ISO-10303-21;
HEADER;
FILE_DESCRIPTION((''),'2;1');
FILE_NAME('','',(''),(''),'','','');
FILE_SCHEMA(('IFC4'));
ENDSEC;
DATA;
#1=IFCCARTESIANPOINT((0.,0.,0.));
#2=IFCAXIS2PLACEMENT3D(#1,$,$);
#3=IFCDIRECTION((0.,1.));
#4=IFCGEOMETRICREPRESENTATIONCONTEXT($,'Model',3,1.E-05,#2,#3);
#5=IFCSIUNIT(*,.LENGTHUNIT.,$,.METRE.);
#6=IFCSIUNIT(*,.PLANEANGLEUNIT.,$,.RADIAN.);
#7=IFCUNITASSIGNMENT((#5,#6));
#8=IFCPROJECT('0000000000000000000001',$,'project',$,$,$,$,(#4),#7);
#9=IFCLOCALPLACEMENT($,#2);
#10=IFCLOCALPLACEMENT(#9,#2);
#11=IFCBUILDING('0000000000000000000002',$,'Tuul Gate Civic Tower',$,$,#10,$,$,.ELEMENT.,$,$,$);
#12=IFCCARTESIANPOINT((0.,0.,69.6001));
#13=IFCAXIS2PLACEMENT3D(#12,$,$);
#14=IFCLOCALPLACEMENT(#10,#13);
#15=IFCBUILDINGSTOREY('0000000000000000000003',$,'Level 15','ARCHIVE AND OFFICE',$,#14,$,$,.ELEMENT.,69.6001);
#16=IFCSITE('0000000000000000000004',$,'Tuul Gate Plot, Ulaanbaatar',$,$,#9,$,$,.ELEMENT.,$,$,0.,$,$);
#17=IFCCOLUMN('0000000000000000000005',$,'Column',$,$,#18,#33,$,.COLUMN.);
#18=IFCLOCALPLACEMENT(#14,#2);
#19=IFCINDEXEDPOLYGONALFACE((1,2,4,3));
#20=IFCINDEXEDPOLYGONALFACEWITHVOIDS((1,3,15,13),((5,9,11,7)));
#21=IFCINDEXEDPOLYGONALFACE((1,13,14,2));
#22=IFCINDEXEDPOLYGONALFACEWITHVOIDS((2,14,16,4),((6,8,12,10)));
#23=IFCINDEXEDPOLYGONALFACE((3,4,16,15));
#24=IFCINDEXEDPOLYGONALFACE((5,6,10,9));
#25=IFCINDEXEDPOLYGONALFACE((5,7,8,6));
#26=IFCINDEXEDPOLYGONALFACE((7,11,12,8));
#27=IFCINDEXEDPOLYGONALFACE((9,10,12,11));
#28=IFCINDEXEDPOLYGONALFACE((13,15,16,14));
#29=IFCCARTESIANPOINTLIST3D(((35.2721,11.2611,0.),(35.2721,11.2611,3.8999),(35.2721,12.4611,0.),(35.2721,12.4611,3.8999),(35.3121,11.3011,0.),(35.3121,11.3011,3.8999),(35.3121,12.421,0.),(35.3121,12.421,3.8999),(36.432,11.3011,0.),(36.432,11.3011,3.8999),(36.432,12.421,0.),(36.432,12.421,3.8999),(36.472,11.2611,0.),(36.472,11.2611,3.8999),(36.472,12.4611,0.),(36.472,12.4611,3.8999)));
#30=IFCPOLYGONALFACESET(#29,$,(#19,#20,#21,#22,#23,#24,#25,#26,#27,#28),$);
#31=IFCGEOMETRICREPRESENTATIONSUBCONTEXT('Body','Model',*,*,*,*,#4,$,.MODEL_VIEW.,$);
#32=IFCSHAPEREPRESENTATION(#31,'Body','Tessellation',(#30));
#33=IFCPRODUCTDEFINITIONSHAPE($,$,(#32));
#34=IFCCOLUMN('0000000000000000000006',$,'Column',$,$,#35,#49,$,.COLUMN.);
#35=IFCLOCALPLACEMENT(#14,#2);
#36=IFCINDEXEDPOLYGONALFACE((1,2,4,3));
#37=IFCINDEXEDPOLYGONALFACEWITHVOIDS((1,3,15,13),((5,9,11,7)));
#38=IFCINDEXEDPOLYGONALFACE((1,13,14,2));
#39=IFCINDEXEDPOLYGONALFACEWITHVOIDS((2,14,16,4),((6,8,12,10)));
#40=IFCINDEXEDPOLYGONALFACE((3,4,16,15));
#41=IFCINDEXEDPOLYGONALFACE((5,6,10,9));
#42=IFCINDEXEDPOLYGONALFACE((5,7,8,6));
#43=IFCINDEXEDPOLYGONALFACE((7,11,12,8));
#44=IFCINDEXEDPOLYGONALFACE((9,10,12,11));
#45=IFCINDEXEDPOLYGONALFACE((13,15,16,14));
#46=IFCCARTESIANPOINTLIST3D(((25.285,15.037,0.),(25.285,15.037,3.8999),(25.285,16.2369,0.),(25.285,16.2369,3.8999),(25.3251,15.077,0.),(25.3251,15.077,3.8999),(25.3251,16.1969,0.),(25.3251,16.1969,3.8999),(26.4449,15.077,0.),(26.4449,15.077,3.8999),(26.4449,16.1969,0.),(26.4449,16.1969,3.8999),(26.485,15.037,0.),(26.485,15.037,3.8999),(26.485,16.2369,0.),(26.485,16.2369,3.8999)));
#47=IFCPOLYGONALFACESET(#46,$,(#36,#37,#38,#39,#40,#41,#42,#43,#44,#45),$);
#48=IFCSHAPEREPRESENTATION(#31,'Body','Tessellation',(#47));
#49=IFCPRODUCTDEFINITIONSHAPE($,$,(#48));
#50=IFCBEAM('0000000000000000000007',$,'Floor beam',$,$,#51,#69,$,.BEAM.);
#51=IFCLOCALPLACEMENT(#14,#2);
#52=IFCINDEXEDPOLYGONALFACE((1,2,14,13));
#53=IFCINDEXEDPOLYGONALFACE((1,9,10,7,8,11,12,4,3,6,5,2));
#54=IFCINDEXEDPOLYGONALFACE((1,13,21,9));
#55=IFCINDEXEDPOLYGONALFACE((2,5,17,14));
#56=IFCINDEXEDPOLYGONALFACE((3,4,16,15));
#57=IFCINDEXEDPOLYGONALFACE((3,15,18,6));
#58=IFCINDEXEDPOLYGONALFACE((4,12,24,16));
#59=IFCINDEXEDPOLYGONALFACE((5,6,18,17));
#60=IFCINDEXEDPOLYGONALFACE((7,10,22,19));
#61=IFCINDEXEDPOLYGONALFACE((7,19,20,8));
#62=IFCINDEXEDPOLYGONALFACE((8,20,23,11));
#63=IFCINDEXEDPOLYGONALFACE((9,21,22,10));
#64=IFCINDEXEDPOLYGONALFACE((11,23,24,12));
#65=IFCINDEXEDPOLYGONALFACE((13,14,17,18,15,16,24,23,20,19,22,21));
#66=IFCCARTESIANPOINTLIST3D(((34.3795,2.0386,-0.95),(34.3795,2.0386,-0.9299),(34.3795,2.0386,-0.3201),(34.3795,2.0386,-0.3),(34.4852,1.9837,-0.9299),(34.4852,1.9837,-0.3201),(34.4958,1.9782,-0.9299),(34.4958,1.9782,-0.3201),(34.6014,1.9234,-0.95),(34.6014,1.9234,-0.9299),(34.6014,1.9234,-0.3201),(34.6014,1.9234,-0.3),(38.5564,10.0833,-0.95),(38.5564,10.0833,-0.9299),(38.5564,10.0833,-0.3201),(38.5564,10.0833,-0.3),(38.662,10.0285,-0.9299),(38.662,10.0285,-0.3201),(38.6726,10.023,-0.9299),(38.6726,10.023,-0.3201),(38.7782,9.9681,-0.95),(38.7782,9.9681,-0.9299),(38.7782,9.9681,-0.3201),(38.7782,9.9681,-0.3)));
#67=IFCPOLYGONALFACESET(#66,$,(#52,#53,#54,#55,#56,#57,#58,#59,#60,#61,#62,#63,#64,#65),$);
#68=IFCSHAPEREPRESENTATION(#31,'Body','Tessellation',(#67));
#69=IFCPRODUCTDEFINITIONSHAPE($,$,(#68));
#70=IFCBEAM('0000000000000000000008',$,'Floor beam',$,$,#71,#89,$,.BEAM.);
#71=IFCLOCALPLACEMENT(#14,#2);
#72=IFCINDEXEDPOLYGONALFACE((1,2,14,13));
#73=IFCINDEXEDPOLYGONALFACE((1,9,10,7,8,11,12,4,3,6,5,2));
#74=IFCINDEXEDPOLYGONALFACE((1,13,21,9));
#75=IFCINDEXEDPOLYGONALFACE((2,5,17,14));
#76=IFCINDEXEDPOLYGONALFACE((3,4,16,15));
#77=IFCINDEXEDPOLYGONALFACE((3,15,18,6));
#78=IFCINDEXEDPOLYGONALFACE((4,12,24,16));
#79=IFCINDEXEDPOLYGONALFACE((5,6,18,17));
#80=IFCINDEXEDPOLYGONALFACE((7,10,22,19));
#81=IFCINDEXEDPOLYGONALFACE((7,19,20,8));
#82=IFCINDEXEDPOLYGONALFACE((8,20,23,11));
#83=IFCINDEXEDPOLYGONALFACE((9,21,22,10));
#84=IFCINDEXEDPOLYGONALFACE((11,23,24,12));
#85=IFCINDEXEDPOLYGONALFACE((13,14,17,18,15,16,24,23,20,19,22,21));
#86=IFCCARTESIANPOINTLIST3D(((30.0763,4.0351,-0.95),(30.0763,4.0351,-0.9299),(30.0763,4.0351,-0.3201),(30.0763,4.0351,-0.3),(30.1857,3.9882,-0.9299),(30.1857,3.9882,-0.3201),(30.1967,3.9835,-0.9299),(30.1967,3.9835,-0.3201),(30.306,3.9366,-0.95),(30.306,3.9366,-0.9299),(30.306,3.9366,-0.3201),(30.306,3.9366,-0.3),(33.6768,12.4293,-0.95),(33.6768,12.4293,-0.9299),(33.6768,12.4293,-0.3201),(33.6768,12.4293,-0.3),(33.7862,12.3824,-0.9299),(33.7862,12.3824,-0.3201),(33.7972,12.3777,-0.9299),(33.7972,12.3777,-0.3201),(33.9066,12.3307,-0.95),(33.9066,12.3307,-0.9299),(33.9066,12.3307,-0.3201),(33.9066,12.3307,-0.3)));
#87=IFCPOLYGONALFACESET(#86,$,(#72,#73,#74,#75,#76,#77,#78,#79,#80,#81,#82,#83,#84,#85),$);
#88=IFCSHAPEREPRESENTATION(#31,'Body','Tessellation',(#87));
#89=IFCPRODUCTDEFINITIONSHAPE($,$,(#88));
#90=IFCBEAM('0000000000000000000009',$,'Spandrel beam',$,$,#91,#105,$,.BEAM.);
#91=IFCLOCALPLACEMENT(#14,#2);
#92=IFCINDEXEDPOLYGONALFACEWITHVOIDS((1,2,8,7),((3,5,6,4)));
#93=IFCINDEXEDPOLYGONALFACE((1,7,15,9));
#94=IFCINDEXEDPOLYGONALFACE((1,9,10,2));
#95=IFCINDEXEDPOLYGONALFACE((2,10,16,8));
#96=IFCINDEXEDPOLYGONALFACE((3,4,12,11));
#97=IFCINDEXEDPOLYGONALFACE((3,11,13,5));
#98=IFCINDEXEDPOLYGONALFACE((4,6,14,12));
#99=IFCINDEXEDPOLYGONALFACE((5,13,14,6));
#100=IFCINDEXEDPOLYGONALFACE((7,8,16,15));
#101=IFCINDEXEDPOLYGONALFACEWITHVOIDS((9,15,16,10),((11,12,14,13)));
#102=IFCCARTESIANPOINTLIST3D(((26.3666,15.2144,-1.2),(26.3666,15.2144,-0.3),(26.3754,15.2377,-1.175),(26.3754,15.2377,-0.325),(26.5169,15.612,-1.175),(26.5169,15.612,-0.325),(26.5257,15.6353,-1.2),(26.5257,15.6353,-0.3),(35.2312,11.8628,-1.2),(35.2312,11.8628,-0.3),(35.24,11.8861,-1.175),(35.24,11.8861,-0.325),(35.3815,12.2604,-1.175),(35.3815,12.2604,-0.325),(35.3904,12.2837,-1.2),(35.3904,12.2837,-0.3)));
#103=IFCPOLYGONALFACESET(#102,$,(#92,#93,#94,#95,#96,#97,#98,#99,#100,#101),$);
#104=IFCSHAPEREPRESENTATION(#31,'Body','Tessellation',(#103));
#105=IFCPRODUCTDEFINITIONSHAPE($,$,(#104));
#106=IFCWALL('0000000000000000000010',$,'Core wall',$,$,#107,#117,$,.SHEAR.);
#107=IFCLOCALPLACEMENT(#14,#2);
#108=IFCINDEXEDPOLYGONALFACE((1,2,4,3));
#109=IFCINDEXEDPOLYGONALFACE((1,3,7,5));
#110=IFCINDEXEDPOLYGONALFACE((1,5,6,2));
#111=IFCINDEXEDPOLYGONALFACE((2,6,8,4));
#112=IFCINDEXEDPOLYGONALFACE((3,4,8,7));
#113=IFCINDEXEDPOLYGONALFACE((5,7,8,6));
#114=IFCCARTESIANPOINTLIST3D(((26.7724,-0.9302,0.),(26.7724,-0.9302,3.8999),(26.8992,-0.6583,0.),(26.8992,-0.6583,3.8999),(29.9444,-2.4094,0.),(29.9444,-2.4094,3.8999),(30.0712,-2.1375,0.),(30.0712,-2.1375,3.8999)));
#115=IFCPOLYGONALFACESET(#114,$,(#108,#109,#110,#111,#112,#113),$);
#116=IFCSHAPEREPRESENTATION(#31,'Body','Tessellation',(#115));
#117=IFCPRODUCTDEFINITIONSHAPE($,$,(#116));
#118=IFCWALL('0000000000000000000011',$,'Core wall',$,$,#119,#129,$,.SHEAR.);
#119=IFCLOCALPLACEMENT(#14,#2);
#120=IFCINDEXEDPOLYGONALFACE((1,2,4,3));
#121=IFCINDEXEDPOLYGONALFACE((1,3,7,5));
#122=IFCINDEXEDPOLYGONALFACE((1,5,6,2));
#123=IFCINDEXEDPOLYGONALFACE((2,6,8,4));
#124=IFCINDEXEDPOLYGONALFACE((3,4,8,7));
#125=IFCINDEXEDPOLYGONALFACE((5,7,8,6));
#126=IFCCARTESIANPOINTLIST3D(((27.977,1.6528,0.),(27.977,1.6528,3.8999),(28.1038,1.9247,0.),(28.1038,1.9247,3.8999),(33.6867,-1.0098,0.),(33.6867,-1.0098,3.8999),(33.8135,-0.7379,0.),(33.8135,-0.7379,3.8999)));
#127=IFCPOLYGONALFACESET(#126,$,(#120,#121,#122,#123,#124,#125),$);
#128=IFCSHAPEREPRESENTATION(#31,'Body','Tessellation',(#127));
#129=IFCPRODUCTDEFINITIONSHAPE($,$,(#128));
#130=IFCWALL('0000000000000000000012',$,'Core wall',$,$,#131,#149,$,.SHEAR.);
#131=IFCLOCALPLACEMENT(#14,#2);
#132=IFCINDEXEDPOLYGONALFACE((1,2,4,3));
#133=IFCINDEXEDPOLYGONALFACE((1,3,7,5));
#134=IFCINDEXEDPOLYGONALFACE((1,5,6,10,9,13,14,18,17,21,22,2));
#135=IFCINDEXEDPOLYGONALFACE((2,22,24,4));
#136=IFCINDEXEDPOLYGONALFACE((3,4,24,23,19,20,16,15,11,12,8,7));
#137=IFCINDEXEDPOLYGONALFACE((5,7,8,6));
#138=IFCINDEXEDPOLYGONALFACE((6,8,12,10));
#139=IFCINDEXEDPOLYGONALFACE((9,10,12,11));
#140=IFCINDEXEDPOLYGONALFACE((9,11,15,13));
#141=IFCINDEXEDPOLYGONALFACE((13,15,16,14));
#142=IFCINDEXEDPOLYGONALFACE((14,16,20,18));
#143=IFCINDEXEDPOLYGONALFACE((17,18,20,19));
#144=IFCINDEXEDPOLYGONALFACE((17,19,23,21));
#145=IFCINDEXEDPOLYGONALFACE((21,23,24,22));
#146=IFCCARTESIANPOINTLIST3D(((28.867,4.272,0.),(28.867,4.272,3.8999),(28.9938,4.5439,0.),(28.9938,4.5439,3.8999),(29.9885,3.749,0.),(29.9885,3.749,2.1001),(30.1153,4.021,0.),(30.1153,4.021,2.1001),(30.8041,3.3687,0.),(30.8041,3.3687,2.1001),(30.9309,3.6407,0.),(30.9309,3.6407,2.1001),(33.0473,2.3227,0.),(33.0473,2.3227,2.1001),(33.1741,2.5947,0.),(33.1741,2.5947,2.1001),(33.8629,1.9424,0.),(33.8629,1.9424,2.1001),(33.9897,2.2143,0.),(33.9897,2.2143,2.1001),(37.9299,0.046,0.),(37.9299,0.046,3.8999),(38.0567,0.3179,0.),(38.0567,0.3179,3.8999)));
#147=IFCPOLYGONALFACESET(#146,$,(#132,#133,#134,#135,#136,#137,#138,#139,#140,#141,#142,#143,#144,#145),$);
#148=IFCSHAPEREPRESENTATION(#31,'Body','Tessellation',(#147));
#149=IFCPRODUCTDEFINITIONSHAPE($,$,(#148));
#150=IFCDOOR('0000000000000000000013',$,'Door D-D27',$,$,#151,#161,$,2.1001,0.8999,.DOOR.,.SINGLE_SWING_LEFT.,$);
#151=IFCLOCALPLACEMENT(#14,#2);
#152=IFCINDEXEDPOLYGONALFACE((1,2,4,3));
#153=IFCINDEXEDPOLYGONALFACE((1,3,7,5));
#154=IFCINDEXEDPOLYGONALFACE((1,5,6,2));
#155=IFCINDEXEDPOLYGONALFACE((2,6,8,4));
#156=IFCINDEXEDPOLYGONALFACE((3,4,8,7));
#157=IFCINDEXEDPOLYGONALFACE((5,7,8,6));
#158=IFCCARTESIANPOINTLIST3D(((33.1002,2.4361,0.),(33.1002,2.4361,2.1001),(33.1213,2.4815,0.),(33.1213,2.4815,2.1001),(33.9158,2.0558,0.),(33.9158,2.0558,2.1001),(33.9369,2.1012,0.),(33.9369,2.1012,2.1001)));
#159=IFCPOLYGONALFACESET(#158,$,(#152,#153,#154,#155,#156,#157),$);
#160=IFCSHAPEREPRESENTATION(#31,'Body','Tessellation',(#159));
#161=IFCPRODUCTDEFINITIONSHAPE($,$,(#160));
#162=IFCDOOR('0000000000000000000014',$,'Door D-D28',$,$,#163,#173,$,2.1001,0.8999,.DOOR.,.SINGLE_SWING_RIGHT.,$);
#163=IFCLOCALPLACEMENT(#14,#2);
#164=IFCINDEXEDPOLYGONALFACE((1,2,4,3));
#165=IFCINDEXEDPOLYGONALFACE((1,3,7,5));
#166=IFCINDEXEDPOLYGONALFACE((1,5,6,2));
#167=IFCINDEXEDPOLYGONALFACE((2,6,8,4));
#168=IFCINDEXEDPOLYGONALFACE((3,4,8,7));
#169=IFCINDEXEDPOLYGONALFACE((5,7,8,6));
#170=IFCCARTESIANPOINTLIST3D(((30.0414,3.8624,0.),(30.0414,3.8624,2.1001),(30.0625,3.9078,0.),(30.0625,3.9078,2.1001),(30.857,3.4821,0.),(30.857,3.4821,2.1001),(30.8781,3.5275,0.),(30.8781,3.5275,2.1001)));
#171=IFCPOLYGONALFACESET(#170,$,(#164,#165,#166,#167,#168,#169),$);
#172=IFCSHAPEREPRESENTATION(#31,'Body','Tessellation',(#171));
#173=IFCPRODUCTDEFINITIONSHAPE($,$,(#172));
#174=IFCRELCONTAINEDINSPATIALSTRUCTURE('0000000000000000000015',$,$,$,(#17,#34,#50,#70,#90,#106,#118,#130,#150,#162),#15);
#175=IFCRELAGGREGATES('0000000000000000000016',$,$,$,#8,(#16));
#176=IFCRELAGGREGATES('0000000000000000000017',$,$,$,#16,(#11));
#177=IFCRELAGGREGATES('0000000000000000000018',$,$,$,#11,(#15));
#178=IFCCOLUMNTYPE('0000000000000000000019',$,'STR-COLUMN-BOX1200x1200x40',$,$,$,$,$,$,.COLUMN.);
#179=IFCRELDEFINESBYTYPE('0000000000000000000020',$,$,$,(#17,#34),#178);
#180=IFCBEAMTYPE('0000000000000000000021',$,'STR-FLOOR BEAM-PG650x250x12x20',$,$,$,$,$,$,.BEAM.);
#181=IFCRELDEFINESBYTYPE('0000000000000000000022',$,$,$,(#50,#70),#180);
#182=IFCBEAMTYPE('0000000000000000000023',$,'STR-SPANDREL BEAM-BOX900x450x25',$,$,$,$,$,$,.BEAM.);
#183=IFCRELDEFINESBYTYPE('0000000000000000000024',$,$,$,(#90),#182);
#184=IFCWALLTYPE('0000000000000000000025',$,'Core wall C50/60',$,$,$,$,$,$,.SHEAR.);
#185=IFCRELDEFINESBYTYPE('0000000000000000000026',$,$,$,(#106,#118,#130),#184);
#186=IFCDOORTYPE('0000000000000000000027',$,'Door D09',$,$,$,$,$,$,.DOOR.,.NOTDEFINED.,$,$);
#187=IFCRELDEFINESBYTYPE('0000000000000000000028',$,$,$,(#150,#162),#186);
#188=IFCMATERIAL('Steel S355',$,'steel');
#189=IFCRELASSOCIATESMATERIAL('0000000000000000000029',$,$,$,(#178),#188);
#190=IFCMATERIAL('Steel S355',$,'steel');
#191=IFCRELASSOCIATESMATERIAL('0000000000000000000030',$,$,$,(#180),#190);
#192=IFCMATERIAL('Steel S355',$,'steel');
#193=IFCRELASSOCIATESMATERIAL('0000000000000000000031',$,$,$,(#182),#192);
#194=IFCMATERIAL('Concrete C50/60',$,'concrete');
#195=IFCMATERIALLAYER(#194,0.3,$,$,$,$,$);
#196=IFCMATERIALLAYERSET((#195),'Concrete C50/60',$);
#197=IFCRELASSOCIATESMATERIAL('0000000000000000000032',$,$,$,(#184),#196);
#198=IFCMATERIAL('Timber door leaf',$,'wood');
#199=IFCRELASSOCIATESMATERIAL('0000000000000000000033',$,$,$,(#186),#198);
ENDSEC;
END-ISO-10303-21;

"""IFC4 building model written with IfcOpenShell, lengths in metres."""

from ifc_helpers import new_model, si_unit, direction, frame, frame_2d, origin, origin_2d, place, context, subcontext, project, spatial, rectangle, hollow_rectangle, i_section, extrude, material, layer, layer_set, material_profile, profile_set, type_object, element, fill, save


model = new_model("IFC4")

# Units and contexts
model_context = context("Model", 3, precision=1e-05, world=origin(), true_north=direction((0.0, 1.0)))
body_context = subcontext(model_context, "Body", "Model", "MODEL_VIEW")
ifc_project = project(units=[si_unit("LENGTHUNIT", "METRE"), si_unit("PLANEANGLEUNIT", "RADIAN")], contexts=[model_context])

# Site, building, storey
site_placement = place(None, origin())
site = spatial("IfcSite", under=ifc_project, at=site_placement, Name="Tuul Gate Plot, Ulaanbaatar", CompositionType="ELEMENT", RefElevation=0.0)
building_placement = place(site_placement, origin())
building = spatial("IfcBuilding", under=site, at=building_placement, Name="Tuul Gate Civic Tower", CompositionType="ELEMENT")
storey_placement = place(building_placement, frame((0.0, 0.0, 69.6001)))
storey = spatial("IfcBuildingStorey", under=building, at=storey_placement, Name="Level 15", Description="ARCHIVE AND OFFICE", CompositionType="ELEMENT", Elevation=69.6001)

# Columns
ifc_material_1 = material(Name="Steel S355", Category="steel")
ifc_material_profile_1 = material_profile(ifc_material_1, hollow_rectangle(XDim=1.2, YDim=1.2, WallThickness=0.04, at=origin_2d()), Name="BOX1200x1200x40")
ifc_profile_set_1 = profile_set([ifc_material_profile_1], Name="Steel S355")
column_type = type_object("IfcColumnType", Name="STR-COLUMN-BOX1200x1200x40", PredefinedType="COLUMN", material=ifc_profile_set_1)
for number, where, z_axis, x_axis, name in (
    (1, (35.8721, 11.8611, 0.0), (0.0, 0.0, 1.0), (1.0, 0.0, 0.0), "Column"),
    (2, (25.885, 15.637, 0.0), (0.0, 0.0, 1.0), (1.0, 0.0, 0.0), "Column"),
):
    element("IfcColumn", number, at=place(storey_placement, frame(where, z_axis=z_axis, x_axis=x_axis)), inside=storey, type_object=column_type, Name=name, PredefinedType="COLUMN", context=body_context, shape_type="SweptSolid", body=[
        extrude(hollow_rectangle(XDim=1.2, YDim=1.2, WallThickness=0.04, at=origin_2d()), origin(), (0.0, 0.0, 1.0), 3.8999),
    ])

# Beams
ifc_material_2 = material(Name="Steel S355", Category="steel")
ifc_material_profile_2 = material_profile(ifc_material_2, i_section(OverallWidth=0.25, OverallDepth=0.6499, WebThickness=0.012, FlangeThickness=0.02, at=origin_2d()), Name="PG650x250x12x20")
ifc_profile_set_2 = profile_set([ifc_material_profile_2], Name="Steel S355")
beam_type_1 = type_object("IfcBeamType", Name="STR-FLOOR BEAM-PG650x250x12x20", PredefinedType="BEAM", material=ifc_profile_set_2)
beam_1_placement = place(storey_placement, frame((34.4905, 1.981, -0.625), z_axis=(0.46079, 0.887509, 0.0), x_axis=(-0.887509, 0.46079, 0.0)))
element("IfcBeam", 3, at=beam_1_placement, inside=storey, type_object=beam_type_1, Name="Floor beam", PredefinedType="BEAM", context=body_context, shape_type="SweptSolid", body=[
    extrude(i_section(OverallWidth=0.25, OverallDepth=0.6499, WebThickness=0.012, FlangeThickness=0.02, at=origin_2d()), origin(), (0.0, 0.0, 1.0), 9.0645),
])
beam_2_placement = place(storey_placement, frame((30.1912, 3.9858, -0.625), z_axis=(0.3942, 0.919025, 0.0), x_axis=(-0.919025, 0.3942, 0.0)))
element("IfcBeam", 4, at=beam_2_placement, inside=storey, type_object=beam_type_1, Name="Floor beam", PredefinedType="BEAM", context=body_context, shape_type="SweptSolid", body=[
    extrude(i_section(OverallWidth=0.25, OverallDepth=0.6499, WebThickness=0.012, FlangeThickness=0.02, at=origin_2d()), origin(), (0.0, 0.0, 1.0), 9.1338),
])
ifc_material_3 = material(Name="Steel S355", Category="steel")
ifc_material_profile_3 = material_profile(ifc_material_3, hollow_rectangle(XDim=0.45, YDim=0.8999, WallThickness=0.0249, at=origin_2d()), Name="BOX900x450x25")
ifc_profile_set_3 = profile_set([ifc_material_profile_3], Name="Steel S355")
beam_type_2 = type_object("IfcBeamType", Name="STR-SPANDREL BEAM-BOX900x450x25", PredefinedType="BEAM", material=ifc_profile_set_3)
beam_3_placement = place(storey_placement, frame((35.3108, 12.0732, -0.75), z_axis=(-0.935376, 0.353655, 0.0), x_axis=(-0.353655, -0.935376, 0.0)))
element("IfcBeam", 5, at=beam_3_placement, inside=storey, type_object=beam_type_2, Name="Spandrel beam", PredefinedType="BEAM", context=body_context, shape_type="SweptSolid", body=[
    extrude(hollow_rectangle(XDim=0.45, YDim=0.8999, WallThickness=0.0249, at=origin_2d()), origin(), (0.0, 0.0, 1.0), 9.4771),
])

# Walls
ifc_material_4 = material(Name="Concrete C50/60", Category="concrete")
ifc_layer_1 = layer(ifc_material_4, 0.3)
ifc_layer_set_1 = layer_set([ifc_layer_1], Name="Concrete C50/60")
wall_type_1 = type_object("IfcWallType", Name="Core wall C50/60", PredefinedType="SHEAR", material=ifc_layer_set_1)
wall_1_placement = place(storey_placement, frame((30.0078, -2.2734, 0.0), z_axis=(0.0, 0.0, 1.0), x_axis=(-0.906301, 0.422633, 0.0)))
element("IfcWall", 6, at=wall_1_placement, inside=storey, type_object=wall_type_1, Name="Core wall", PredefinedType="SHEAR", context=body_context, shape_type="SweptSolid", body=[
    extrude(rectangle(XDim=3.5, YDim=0.3, at=frame_2d((1.75, 0.0))), origin(), (0.0, 0.0, 1.0), 3.8999),
])
wall_2_placement = place(storey_placement, frame((33.75, -0.8738, 0.0), z_axis=(0.0, 0.0, 1.0), x_axis=(-0.906301, 0.422633, 0.0)))
element("IfcWall", 7, at=wall_2_placement, inside=storey, type_object=wall_type_1, Name="Core wall", PredefinedType="SHEAR", context=body_context, shape_type="SweptSolid", body=[
    extrude(rectangle(XDim=6.3, YDim=0.3, at=frame_2d((3.1499, 0.0))), origin(), (0.0, 0.0, 1.0), 3.8999),
])

# Wall, openings, doors
wall_3_placement = place(storey_placement, frame((37.9934, 0.1819, 0.0), z_axis=(0.0, 0.0, 1.0), x_axis=(-0.90631, 0.422613, 0.0)))
wall_3 = element("IfcWall", 8, at=wall_3_placement, inside=storey, type_object=wall_type_1, Name="Core wall", PredefinedType="SHEAR", context=body_context, shape_type="SweptSolid", body=[
    extrude(rectangle(XDim=9.9998, YDim=0.3, at=frame_2d((5.0, 0.0))), origin(), (0.0, 0.0, 1.0), 3.8999),
])
opening_1_placement = place(wall_3_placement, frame((4.4875, 0.0, 0.0)))
opening_1 = element("IfcOpeningElement", 9, at=opening_1_placement, cuts=wall_3, PredefinedType="OPENING", context=body_context, shape_type="SweptSolid", body=[
    extrude(rectangle(XDim=0.8999, YDim=2.1001, at=frame_2d((0.45, 1.05))), frame((0.0, 0.1602, 0.0), z_axis=(0.0, -1.0, 0.0), x_axis=(1.0, 0.0, 0.0)), (0.0, 0.0, 1.0), 0.3201),
])
opening_2_placement = place(wall_3_placement, frame((7.8625, 0.0, 0.0)))
opening_2 = element("IfcOpeningElement", 10, at=opening_2_placement, cuts=wall_3, PredefinedType="OPENING", context=body_context, shape_type="SweptSolid", body=[
    extrude(rectangle(XDim=0.8999, YDim=2.1001, at=frame_2d((0.45, 1.05))), frame((0.0, 0.1602, 0.0), z_axis=(0.0, -1.0, 0.0), x_axis=(1.0, 0.0, 0.0)), (0.0, 0.0, 1.0), 0.3201),
])
ifc_material_5 = material(Name="Timber door leaf", Category="wood")
door_type_1 = type_object("IfcDoorType", Name="Door D09", OperationType="NOTDEFINED", PredefinedType="DOOR", material=ifc_material_5)
door_1_placement = place(opening_1_placement, origin())
door_1 = element("IfcDoor", 11, at=door_1_placement, inside=storey, type_object=door_type_1, Name="Door D-D27", OperationType="SINGLE_SWING_LEFT", OverallHeight=2.1001, OverallWidth=0.8999, PredefinedType="DOOR", context=body_context, shape_type="SweptSolid", body=[
    extrude(rectangle(XDim=0.8999, YDim=2.1001, at=frame_2d((0.45, 1.05))), frame((0.0, 0.0249, 0.0), z_axis=(0.0, -1.0, 0.0), x_axis=(1.0, 0.0, 0.0)), (0.0, 0.0, 1.0), 0.05),
])
fill(opening_1, door_1)
door_2_placement = place(opening_2_placement, origin())
door_2 = element("IfcDoor", 12, at=door_2_placement, inside=storey, type_object=door_type_1, Name="Door D-D28", OperationType="SINGLE_SWING_RIGHT", OverallHeight=2.1001, OverallWidth=0.8999, PredefinedType="DOOR", context=body_context, shape_type="SweptSolid", body=[
    extrude(rectangle(XDim=0.8999, YDim=2.1001, at=frame_2d((0.45, 1.05))), frame((0.0, 0.0249, 0.0), z_axis=(0.0, -1.0, 0.0), x_axis=(1.0, 0.0, 0.0)), (0.0, 0.0, 1.0), 0.05),
])
fill(opening_2, door_2)

save(model, "model.ifc")
